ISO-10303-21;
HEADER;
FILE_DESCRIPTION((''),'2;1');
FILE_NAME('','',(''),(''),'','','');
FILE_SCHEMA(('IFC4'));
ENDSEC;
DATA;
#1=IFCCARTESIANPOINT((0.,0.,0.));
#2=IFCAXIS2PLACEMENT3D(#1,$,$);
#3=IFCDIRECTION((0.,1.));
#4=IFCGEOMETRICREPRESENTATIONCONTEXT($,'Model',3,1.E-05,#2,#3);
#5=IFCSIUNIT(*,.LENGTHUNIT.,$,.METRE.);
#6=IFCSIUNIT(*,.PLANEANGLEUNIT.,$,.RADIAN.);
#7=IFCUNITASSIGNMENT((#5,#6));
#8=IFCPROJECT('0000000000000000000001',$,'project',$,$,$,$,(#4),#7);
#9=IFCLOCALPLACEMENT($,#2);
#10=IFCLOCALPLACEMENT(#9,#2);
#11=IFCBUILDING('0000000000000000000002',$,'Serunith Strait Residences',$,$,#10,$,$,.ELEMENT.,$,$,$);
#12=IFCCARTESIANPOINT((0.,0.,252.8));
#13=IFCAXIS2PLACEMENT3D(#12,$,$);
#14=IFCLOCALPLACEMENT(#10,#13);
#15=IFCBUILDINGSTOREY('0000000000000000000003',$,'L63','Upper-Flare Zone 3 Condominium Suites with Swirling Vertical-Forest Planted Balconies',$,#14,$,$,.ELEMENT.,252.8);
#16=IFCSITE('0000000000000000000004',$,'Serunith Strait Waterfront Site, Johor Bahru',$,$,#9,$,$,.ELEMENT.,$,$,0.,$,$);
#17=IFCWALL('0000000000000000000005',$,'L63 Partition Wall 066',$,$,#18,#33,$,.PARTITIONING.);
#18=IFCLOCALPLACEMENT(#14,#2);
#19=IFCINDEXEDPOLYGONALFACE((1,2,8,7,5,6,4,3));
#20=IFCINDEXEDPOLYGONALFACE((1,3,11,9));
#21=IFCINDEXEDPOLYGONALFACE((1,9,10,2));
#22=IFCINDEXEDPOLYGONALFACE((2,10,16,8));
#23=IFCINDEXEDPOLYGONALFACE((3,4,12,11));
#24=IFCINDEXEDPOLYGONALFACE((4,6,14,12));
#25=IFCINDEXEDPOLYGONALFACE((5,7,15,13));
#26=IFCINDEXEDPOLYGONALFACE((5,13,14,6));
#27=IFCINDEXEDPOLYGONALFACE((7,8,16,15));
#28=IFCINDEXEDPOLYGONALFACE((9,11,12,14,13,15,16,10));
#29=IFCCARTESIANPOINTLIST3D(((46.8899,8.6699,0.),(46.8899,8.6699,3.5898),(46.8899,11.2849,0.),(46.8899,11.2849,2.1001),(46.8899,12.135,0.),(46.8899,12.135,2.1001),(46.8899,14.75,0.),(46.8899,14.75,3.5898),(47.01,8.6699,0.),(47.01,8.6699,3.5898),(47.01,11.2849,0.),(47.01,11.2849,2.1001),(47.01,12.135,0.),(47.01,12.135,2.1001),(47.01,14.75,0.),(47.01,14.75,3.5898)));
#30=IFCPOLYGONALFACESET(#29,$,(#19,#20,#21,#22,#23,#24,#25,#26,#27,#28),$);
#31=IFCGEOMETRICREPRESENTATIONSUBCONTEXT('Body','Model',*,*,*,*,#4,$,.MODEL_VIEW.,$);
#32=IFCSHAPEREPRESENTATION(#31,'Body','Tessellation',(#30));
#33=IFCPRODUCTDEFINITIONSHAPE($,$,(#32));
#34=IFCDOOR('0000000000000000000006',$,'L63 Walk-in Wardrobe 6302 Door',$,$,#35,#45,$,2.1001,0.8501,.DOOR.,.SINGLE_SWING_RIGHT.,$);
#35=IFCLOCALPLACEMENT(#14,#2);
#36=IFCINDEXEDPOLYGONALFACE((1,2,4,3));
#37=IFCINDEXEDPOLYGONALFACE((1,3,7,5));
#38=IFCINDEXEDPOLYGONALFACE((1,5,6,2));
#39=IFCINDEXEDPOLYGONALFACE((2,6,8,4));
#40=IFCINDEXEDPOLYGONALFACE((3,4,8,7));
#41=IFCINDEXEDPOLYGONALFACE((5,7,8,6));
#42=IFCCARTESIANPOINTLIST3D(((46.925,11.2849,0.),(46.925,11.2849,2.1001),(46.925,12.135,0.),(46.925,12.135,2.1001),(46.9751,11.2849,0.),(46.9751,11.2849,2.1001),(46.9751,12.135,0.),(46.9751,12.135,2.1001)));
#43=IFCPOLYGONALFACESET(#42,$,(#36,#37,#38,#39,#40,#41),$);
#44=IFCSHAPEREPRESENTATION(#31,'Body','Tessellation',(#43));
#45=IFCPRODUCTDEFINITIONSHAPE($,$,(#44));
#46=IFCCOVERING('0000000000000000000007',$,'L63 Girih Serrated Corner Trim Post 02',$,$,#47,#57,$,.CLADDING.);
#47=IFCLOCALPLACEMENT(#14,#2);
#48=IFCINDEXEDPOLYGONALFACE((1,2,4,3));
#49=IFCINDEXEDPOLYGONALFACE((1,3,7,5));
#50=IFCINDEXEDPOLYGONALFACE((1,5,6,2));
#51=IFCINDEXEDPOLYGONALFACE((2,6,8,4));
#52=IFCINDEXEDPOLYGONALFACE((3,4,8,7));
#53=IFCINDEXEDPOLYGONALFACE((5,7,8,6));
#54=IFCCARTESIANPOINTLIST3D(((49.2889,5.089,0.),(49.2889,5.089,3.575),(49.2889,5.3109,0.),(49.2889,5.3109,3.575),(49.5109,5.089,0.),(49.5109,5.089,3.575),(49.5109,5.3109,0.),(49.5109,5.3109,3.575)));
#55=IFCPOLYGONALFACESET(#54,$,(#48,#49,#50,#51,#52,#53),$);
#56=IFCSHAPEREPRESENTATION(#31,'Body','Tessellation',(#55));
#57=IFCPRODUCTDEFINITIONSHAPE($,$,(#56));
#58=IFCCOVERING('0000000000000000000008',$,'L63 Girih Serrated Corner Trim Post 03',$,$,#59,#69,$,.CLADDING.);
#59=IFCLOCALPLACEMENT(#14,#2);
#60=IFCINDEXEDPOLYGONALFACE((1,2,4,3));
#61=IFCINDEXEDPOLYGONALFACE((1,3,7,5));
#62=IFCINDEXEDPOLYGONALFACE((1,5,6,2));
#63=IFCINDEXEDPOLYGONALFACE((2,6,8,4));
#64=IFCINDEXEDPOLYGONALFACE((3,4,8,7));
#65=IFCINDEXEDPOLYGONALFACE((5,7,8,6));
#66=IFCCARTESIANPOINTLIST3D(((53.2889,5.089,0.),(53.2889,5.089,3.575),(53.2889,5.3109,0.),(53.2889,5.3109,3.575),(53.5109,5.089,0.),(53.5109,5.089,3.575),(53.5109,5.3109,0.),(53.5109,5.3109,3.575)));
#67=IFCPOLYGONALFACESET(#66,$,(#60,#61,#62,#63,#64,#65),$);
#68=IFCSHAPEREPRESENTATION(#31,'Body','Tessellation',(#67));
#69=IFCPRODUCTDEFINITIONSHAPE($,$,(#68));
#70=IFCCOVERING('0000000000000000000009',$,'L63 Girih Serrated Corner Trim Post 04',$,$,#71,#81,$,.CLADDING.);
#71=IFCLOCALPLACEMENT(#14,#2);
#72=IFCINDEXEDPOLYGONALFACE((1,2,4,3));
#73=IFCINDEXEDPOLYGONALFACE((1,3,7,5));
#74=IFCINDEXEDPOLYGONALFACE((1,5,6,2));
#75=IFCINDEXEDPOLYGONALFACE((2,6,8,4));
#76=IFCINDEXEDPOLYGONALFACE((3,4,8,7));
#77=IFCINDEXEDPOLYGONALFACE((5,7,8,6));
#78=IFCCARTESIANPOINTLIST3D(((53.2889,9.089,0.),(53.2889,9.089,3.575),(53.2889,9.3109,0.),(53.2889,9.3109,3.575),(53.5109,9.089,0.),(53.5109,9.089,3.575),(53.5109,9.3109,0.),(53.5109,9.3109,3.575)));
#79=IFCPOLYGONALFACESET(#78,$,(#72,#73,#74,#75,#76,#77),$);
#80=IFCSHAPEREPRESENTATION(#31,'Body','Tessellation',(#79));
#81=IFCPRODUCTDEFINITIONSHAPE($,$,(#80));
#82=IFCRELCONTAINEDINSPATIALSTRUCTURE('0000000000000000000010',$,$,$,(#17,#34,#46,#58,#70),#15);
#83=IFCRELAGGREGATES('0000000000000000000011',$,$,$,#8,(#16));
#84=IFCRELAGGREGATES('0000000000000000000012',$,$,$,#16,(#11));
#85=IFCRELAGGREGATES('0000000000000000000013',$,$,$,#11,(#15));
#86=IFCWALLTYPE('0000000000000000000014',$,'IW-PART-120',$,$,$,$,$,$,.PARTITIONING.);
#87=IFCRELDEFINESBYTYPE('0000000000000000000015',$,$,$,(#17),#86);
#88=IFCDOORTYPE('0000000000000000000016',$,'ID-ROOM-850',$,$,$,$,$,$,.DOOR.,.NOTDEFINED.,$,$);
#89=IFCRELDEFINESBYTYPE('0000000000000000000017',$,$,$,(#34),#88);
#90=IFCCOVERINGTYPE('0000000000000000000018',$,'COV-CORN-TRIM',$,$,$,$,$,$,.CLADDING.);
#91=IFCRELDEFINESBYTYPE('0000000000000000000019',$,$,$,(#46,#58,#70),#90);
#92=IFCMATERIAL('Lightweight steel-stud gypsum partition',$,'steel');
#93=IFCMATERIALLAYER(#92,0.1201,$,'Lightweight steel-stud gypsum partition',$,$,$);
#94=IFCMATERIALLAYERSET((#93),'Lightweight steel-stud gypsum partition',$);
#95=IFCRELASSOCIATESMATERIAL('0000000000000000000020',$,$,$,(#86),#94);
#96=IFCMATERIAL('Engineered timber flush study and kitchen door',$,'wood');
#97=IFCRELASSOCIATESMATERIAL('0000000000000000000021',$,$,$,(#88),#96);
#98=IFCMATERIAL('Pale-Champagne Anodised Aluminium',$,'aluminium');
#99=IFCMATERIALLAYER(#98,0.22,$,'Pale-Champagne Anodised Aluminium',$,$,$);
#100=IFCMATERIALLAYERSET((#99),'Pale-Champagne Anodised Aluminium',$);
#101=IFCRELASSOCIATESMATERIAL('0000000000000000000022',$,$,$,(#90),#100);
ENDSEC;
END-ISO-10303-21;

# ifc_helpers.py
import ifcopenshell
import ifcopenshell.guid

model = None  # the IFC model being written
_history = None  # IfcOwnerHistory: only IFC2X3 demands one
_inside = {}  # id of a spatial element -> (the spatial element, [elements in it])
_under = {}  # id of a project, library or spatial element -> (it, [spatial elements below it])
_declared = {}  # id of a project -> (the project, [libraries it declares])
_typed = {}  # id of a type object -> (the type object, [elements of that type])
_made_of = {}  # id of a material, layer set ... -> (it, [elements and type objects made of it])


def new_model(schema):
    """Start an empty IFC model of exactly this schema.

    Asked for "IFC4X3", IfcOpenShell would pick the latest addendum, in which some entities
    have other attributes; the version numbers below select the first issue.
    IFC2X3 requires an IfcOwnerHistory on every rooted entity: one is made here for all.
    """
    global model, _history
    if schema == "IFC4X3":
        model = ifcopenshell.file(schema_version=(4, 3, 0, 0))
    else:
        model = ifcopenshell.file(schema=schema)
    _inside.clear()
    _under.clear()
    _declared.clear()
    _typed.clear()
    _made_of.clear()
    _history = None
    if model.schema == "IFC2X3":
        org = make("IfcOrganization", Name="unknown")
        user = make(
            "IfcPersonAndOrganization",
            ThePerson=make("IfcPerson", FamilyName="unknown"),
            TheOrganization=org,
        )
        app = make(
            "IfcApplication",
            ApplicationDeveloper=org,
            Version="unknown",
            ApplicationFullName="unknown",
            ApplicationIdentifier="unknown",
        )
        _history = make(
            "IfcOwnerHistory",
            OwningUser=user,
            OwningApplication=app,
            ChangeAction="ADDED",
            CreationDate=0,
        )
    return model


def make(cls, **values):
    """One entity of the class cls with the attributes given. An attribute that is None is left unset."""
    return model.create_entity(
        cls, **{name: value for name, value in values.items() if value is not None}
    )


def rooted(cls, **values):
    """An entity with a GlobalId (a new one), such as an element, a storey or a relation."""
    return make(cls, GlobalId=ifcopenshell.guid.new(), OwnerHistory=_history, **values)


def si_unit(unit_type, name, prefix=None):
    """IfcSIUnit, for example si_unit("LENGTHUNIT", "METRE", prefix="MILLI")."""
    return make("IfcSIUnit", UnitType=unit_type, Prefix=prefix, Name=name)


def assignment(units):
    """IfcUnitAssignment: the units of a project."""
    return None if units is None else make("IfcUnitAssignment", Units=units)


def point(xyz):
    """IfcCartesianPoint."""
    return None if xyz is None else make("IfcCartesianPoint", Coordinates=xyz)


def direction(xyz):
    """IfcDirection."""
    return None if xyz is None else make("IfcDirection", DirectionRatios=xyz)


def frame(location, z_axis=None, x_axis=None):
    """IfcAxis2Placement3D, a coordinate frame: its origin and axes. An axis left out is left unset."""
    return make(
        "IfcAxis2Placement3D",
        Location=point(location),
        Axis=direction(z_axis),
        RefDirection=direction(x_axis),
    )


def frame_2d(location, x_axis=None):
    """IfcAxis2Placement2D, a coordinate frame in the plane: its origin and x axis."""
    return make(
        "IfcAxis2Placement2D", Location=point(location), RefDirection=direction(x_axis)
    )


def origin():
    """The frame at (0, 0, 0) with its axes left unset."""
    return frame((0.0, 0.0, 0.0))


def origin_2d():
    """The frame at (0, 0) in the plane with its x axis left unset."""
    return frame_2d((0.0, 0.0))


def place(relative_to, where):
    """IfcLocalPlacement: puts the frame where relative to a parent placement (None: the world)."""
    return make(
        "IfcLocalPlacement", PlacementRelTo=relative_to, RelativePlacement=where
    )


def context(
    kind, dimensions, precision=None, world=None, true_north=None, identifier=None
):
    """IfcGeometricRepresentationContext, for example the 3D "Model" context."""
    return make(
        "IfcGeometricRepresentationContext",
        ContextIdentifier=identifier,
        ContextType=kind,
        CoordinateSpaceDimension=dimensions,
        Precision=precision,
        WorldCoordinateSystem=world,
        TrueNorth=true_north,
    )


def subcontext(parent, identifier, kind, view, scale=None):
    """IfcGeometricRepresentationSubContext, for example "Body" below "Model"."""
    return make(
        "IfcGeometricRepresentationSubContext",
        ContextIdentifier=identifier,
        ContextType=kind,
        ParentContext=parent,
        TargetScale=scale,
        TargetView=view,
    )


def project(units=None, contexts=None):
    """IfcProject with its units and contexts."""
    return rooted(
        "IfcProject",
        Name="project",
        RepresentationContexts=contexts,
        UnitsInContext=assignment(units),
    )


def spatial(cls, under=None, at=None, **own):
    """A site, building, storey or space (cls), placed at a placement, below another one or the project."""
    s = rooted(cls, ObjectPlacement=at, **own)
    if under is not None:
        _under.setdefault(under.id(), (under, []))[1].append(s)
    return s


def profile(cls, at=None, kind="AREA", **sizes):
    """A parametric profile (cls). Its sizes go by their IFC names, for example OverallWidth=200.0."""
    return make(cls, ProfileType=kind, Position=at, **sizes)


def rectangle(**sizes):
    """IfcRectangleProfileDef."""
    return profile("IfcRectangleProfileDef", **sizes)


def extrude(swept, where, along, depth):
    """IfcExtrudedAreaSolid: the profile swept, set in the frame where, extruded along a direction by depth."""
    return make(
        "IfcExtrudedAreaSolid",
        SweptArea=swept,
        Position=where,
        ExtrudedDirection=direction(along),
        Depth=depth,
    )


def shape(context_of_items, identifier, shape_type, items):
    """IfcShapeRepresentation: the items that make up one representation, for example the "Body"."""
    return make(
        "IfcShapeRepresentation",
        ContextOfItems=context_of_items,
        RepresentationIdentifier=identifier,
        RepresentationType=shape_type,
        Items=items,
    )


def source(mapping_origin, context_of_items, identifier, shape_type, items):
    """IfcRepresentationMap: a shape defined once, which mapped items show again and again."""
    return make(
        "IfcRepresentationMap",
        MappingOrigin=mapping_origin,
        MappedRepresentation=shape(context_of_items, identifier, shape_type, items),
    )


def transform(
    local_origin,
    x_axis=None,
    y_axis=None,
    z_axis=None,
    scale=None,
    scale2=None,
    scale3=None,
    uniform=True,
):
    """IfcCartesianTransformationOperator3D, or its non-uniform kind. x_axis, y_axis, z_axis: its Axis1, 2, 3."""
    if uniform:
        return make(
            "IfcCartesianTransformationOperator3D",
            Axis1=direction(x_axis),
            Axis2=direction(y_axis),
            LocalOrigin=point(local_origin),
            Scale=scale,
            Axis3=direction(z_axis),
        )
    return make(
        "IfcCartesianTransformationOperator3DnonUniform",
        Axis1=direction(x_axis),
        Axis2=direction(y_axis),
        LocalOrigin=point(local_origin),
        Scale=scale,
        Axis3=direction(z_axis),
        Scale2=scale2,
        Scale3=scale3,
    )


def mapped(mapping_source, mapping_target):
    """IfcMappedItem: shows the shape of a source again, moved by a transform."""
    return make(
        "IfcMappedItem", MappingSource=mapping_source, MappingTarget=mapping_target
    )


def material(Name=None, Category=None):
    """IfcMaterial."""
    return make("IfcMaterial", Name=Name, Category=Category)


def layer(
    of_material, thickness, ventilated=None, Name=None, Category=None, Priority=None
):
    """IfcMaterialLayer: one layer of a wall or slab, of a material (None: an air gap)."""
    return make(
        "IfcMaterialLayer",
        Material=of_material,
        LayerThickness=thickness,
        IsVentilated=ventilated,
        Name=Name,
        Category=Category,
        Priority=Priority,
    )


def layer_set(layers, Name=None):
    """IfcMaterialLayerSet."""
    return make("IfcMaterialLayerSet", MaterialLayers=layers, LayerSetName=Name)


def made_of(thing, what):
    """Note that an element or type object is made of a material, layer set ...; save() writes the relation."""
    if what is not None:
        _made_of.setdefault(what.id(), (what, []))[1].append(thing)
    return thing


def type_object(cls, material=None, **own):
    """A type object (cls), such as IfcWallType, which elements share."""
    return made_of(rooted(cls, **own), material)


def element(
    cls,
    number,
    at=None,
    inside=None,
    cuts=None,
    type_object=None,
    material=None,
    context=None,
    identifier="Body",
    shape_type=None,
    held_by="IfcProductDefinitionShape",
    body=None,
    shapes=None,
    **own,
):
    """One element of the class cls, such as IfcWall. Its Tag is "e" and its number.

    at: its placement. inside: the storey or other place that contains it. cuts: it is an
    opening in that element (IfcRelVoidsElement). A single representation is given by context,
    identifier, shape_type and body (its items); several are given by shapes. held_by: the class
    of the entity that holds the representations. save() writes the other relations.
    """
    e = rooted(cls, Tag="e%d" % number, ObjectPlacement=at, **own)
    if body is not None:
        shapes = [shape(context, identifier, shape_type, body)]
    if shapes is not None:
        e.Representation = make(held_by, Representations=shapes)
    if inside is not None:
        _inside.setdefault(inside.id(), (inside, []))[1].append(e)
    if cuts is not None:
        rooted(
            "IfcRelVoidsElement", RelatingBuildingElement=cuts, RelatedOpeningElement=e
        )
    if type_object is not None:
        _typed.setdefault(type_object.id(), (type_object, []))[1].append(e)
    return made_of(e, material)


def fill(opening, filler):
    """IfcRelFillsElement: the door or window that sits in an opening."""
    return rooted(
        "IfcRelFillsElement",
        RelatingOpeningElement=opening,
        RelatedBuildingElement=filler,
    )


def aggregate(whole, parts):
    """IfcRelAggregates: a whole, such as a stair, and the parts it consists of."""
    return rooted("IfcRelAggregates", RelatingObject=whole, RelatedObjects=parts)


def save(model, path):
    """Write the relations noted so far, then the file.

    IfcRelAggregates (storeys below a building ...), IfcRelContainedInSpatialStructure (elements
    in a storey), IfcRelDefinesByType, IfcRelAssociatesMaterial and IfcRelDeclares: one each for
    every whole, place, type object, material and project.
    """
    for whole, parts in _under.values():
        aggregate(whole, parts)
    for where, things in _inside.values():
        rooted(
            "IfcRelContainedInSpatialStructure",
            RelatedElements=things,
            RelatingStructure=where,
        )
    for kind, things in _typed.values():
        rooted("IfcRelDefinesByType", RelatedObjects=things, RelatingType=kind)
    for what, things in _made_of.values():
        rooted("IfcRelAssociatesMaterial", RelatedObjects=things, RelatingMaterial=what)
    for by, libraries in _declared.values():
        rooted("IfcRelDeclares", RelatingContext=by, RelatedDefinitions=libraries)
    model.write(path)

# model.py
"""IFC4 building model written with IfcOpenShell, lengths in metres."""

from ifc_helpers import new_model, si_unit, direction, frame, frame_2d, origin, origin_2d, place, context, subcontext, project, spatial, rectangle, extrude, source, transform, mapped, material, layer, layer_set, type_object, element, fill, save


model = new_model("IFC4")

# Units and contexts
model_context = context("Model", 3, precision=1e-05, world=origin(), true_north=direction((0.0, 1.0)))
body_context = subcontext(model_context, "Body", "Model", "MODEL_VIEW")
ifc_project = project(units=[si_unit("LENGTHUNIT", "METRE"), si_unit("PLANEANGLEUNIT", "RADIAN")], contexts=[model_context])

# Site, building, storey
site_placement = place(None, origin())
site = spatial("IfcSite", under=ifc_project, at=site_placement, Name="Serunith Strait Waterfront Site, Johor Bahru", CompositionType="ELEMENT", RefElevation=0.0)
building_placement = place(site_placement, origin())
building = spatial("IfcBuilding", under=site, at=building_placement, Name="Serunith Strait Residences", CompositionType="ELEMENT")
storey_placement = place(building_placement, frame((0.0, 0.0, 252.8)))
storey = spatial("IfcBuildingStorey", under=building, at=storey_placement, Name="L63", Description="Upper-Flare Zone 3 Condominium Suites with Swirling Vertical-Forest Planted Balconies", CompositionType="ELEMENT", Elevation=252.8)

# Shared definitions
ifc_material_1 = material(Name="Pale-Champagne Anodised Aluminium", Category="aluminium")

# Shared definitions
ifc_material_2 = material(Name="Lightweight steel-stud gypsum partition", Category="steel")
ifc_layer_1 = layer(ifc_material_2, 0.1201, Name="Lightweight steel-stud gypsum partition")
ifc_layer_set_1 = layer_set([ifc_layer_1], Name="Lightweight steel-stud gypsum partition")
wall_type_1 = type_object("IfcWallType", Name="IW-PART-120", PredefinedType="PARTITIONING", material=ifc_layer_set_1)

# Wall, opening, door
wall_1_placement = place(storey_placement, frame((46.95, 8.6699, 0.0), z_axis=(0.0, 0.0, 1.0), x_axis=(0.0, 1.0, 0.0)))
wall_1 = element("IfcWall", 1, at=wall_1_placement, inside=storey, type_object=wall_type_1, Name="L63 Partition Wall 066", PredefinedType="PARTITIONING", context=body_context, shape_type="SweptSolid", body=[
    extrude(rectangle(XDim=6.0801, YDim=0.1201, at=frame_2d((3.04, 0.0))), origin(), (0.0, 0.0, 1.0), 3.5898),
])
opening_1_placement = place(wall_1_placement, frame((2.615, 0.0, 0.0)))
opening_1 = element("IfcOpeningElement", 2, at=opening_1_placement, cuts=wall_1, PredefinedType="OPENING", context=body_context, shape_type="SweptSolid", body=[
    extrude(rectangle(XDim=0.8501, YDim=2.1001, at=frame_2d((0.425, 1.05))), frame((0.0, 0.0701, 0.0), z_axis=(0.0, -1.0, 0.0), x_axis=(1.0, 0.0, 0.0)), (0.0, 0.0, 1.0), 0.1401),
])
ifc_material_3 = material(Name="Engineered timber flush study and kitchen door", Category="wood")
door_type_1 = type_object("IfcDoorType", Name="ID-ROOM-850", OperationType="NOTDEFINED", PredefinedType="DOOR", material=ifc_material_3)
shared_shape_1 = source(origin(), body_context, "Body", "SweptSolid", [
    extrude(rectangle(XDim=0.8501, YDim=2.1001, at=frame_2d((0.425, 1.05))), frame((0.0, 0.0249, 0.0), z_axis=(0.0, -1.0, 0.0), x_axis=(1.0, 0.0, 0.0)), (0.0, 0.0, 1.0), 0.05),
])
door_1_placement = place(opening_1_placement, origin())
door_1 = element("IfcDoor", 3, at=door_1_placement, inside=storey, type_object=door_type_1, Name="L63 Walk-in Wardrobe 6302 Door", OperationType="SINGLE_SWING_RIGHT", OverallHeight=2.1001, OverallWidth=0.8501, PredefinedType="DOOR", context=body_context, shape_type="MappedRepresentation", body=[
    mapped(shared_shape_1, transform((0.0, 0.0, 0.0), scale=1.0)),
])
fill(opening_1, door_1)

# Coverings
ifc_layer_2 = layer(ifc_material_1, 0.22, Name="Pale-Champagne Anodised Aluminium")
ifc_layer_set_2 = layer_set([ifc_layer_2], Name="Pale-Champagne Anodised Aluminium")
covering_type = type_object("IfcCoveringType", Name="COV-CORN-TRIM", PredefinedType="CLADDING", material=ifc_layer_set_2)
shared_shape_2 = source(origin(), body_context, "Body", "SweptSolid", [
    extrude(rectangle(XDim=0.2219, YDim=0.2219, at=origin_2d()), origin(), (0.0, 0.0, 1.0), 3.575),
])
for number, where, z_axis, x_axis, name in (
    (4, (49.3999, 5.2, 0.0), (0.0, 0.0, 1.0), (1.0, 0.0, 0.0), "L63 Girih Serrated Corner Trim Post 02"),
    (5, (53.3999, 5.2, 0.0), (0.0, 0.0, 1.0), (1.0, 0.0, 0.0), "L63 Girih Serrated Corner Trim Post 03"),
    (6, (53.3999, 9.2, 0.0), (0.0, 0.0, 1.0), (1.0, 0.0, 0.0), "L63 Girih Serrated Corner Trim Post 04"),
):
    element("IfcCovering", number, at=place(storey_placement, frame(where, z_axis=z_axis, x_axis=x_axis)), inside=storey, type_object=covering_type, Name=name, PredefinedType="CLADDING", context=body_context, shape_type="MappedRepresentation", body=[
        mapped(shared_shape_2, transform((0.0, 0.0, 0.0), scale=1.0)),
    ])

save(model, "model.ifc")
